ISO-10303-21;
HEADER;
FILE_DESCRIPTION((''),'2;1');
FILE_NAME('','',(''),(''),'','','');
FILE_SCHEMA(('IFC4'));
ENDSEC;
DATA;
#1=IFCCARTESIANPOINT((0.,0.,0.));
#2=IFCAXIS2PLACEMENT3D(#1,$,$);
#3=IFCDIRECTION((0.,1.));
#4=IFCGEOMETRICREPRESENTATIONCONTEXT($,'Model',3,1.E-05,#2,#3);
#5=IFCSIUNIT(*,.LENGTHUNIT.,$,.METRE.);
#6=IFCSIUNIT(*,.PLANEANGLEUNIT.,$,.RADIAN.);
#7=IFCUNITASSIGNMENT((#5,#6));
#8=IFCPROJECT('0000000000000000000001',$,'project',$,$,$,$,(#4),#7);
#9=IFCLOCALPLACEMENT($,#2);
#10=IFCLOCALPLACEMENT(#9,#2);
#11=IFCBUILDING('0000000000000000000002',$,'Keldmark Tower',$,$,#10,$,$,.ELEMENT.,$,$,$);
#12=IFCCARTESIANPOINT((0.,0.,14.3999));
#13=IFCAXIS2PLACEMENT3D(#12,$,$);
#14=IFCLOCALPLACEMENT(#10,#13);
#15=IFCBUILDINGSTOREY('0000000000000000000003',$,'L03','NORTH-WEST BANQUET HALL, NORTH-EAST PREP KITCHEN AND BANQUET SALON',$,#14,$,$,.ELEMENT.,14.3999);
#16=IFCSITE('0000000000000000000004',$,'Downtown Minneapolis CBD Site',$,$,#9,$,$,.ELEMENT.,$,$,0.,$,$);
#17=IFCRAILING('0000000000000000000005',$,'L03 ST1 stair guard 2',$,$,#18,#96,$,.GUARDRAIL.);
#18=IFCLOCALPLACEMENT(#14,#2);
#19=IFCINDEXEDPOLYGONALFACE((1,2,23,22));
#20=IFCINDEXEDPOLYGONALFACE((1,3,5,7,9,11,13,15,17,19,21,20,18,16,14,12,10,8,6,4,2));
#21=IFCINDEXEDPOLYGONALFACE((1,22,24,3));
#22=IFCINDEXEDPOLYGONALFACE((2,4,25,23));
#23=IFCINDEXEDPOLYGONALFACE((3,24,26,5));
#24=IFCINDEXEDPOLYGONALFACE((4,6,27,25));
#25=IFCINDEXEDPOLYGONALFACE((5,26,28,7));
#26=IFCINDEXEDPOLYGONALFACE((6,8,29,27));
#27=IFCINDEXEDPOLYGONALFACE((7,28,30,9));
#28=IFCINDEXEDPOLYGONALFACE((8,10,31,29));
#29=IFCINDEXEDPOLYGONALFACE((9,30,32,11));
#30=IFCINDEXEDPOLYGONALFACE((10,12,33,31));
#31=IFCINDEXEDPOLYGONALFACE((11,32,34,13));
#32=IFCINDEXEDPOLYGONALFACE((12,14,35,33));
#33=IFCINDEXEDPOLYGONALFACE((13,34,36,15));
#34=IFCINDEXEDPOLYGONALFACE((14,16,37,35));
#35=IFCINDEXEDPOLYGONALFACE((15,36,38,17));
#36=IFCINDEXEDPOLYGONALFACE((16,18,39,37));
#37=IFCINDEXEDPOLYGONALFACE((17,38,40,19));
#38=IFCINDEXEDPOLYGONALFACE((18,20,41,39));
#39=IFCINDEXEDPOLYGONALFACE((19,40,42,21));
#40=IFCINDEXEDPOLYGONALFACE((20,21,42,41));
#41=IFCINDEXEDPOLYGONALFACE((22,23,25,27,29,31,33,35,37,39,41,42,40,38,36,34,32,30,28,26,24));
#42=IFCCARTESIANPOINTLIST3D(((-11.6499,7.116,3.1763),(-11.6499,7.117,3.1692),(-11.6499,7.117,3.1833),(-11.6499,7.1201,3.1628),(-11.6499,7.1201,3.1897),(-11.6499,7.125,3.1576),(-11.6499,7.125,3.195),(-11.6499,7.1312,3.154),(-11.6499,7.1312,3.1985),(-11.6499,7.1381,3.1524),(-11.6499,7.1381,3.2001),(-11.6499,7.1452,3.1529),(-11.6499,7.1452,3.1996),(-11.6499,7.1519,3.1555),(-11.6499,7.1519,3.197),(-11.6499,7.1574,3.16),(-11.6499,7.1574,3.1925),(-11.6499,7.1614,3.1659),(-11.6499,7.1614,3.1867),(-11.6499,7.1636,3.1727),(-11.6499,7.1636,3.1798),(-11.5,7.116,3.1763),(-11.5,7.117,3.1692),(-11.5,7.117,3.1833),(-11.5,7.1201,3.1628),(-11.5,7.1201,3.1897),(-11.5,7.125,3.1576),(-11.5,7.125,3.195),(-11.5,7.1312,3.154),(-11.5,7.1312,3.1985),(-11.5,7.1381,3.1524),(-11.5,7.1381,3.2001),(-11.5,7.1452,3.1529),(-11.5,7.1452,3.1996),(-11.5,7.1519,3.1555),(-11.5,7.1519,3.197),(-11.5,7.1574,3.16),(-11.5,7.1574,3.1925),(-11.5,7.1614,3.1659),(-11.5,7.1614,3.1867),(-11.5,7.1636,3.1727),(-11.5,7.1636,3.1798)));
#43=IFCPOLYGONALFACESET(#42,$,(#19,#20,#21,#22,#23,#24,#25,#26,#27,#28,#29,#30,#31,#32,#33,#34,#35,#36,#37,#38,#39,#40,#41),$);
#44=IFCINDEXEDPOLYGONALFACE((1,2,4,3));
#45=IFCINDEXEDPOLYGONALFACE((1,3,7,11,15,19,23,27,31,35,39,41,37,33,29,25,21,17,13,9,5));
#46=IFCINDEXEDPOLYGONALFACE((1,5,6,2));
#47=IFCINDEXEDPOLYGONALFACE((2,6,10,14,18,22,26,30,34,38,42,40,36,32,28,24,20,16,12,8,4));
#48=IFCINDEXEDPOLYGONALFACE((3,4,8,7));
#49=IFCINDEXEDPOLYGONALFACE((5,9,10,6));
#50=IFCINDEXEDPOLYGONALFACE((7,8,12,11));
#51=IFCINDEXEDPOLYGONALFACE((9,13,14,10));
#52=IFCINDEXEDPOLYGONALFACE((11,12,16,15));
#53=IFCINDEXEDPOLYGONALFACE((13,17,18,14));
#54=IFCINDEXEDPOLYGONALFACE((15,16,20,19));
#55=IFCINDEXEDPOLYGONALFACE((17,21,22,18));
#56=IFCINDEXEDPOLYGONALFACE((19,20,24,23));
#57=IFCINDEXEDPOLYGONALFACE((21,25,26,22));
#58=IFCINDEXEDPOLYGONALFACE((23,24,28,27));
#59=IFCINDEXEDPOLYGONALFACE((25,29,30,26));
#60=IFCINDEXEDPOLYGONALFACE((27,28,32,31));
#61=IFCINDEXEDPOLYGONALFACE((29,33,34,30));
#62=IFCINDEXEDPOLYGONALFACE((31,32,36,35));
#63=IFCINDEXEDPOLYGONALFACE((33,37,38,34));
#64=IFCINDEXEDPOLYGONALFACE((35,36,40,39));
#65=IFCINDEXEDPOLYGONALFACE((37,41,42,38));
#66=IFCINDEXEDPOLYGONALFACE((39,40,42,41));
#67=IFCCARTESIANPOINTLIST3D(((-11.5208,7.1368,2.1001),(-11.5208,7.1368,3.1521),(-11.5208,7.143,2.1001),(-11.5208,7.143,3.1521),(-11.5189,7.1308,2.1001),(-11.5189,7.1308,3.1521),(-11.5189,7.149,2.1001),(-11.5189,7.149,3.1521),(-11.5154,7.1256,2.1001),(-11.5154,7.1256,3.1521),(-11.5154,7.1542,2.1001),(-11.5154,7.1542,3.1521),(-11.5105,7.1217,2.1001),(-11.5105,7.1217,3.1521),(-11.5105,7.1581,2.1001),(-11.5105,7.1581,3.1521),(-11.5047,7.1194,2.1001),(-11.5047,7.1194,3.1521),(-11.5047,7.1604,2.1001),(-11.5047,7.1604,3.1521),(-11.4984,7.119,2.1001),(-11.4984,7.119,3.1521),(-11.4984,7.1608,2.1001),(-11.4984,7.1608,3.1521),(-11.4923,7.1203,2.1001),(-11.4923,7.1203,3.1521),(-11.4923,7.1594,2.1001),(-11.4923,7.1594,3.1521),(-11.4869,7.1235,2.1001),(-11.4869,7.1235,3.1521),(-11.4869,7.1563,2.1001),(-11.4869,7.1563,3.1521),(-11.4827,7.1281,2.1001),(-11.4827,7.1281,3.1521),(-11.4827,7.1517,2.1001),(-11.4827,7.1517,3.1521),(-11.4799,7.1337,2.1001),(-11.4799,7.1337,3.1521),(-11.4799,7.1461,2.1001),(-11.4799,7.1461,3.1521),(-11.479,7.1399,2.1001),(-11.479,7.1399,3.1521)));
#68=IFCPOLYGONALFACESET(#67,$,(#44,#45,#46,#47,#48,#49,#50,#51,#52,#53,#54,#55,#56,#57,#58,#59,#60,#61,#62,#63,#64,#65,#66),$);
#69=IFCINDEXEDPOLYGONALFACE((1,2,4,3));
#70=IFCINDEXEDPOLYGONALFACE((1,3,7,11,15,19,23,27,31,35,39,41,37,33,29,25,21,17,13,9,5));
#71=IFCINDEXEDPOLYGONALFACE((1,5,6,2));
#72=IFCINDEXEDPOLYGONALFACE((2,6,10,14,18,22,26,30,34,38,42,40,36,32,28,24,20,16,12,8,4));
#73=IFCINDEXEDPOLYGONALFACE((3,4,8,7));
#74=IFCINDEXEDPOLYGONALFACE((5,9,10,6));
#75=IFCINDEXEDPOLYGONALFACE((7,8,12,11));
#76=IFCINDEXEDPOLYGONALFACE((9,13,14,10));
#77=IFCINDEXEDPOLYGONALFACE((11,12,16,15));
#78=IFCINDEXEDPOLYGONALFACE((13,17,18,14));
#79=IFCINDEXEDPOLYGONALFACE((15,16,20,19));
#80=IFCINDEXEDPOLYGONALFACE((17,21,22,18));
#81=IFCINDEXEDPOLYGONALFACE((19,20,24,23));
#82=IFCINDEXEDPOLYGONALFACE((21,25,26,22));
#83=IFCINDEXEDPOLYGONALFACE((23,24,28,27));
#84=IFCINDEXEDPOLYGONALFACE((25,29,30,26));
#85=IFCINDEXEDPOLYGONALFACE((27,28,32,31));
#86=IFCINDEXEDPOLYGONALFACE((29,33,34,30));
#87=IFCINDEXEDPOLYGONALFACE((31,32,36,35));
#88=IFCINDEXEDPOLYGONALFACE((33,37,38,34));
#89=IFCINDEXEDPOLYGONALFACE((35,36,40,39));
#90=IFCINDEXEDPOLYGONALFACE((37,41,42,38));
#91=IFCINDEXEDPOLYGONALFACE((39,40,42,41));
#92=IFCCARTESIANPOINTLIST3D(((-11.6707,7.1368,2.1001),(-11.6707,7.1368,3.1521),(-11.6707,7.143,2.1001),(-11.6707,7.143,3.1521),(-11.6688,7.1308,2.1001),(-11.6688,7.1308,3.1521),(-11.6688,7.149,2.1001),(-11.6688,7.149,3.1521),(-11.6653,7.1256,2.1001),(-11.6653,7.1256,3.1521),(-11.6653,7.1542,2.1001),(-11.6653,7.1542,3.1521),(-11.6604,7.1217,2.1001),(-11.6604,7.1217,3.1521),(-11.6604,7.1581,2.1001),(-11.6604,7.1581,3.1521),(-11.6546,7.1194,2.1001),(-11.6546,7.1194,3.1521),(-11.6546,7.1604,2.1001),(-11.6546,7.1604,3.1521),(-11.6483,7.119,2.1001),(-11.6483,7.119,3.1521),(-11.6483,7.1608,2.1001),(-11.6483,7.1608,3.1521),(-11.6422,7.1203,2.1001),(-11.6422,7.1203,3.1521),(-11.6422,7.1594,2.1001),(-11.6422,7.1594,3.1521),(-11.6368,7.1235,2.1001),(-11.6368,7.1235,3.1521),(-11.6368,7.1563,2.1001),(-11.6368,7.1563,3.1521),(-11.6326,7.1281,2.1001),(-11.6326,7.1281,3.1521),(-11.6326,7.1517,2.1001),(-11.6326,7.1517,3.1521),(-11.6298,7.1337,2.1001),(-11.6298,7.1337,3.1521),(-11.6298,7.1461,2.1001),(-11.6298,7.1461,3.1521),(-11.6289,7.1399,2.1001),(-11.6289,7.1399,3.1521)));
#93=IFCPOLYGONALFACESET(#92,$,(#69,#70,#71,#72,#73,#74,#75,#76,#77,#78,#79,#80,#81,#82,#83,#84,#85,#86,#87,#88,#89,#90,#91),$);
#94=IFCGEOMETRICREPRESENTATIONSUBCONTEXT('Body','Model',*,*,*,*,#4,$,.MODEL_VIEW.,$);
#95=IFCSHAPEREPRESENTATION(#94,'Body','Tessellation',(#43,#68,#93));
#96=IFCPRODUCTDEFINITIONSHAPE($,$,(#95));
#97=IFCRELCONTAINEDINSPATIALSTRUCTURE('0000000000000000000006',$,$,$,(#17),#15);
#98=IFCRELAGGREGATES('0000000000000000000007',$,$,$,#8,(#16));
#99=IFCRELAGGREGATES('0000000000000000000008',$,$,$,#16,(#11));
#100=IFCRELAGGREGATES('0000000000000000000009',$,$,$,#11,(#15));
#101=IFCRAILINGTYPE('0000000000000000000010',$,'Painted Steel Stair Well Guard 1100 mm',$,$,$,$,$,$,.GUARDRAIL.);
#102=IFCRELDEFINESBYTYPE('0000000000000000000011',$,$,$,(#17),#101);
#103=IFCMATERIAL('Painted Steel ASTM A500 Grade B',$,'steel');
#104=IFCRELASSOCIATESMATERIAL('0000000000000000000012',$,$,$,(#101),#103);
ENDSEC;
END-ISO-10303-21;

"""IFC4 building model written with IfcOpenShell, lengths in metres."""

from ifc_helpers import new_model, si_unit, direction, frame, origin, origin_2d, place, context, subcontext, project, spatial, circle, extrude, material, type_object, element, save


model = new_model("IFC4")

# Units and contexts
model_context = context("Model", 3, precision=1e-05, world=origin(), true_north=direction((0.0, 1.0)))
body_context = subcontext(model_context, "Body", "Model", "MODEL_VIEW")
ifc_project = project(units=[si_unit("LENGTHUNIT", "METRE"), si_unit("PLANEANGLEUNIT", "RADIAN")], contexts=[model_context])

# Site, building, storey
site_placement = place(None, origin())
site = spatial("IfcSite", under=ifc_project, at=site_placement, Name="Downtown Minneapolis CBD Site", CompositionType="ELEMENT", RefElevation=0.0)
building_placement = place(site_placement, origin())
building = spatial("IfcBuilding", under=site, at=building_placement, Name="Keldmark Tower", CompositionType="ELEMENT")
storey_placement = place(building_placement, frame((0.0, 0.0, 14.3999)))
storey = spatial("IfcBuildingStorey", under=building, at=storey_placement, Name="L03", Description="NORTH-WEST BANQUET HALL, NORTH-EAST PREP KITCHEN AND BANQUET SALON", CompositionType="ELEMENT", Elevation=14.3999)

# Railing
ifc_material_1 = material(Name="Painted Steel ASTM A500 Grade B", Category="steel")
railing_type_1 = type_object("IfcRailingType", Name="Painted Steel Stair Well Guard 1100 mm", PredefinedType="GUARDRAIL", material=ifc_material_1)
railing_1_placement = place(storey_placement, frame((-11.5, 7.1399, 2.1001)))
element("IfcRailing", 1, at=railing_1_placement, inside=storey, type_object=railing_type_1, Name="L03 ST1 stair guard 2", PredefinedType="GUARDRAIL", context=body_context, shape_type="SweptSolid", body=[
    extrude(circle(Radius=0.0239, at=origin_2d()), frame((0.0, 0.0, 1.0762), z_axis=(-1.0, 0.0, 0.0), x_axis=(0.0, -1.0, 0.0)), (0.0, 0.0, 1.0), 0.1499),
    extrude(circle(Radius=0.021, at=origin_2d()), origin(), (0.0, 0.0, 1.0), 1.052),
    extrude(circle(Radius=0.021, at=origin_2d()), frame((-0.1499, 0.0, 0.0)), (0.0, 0.0, 1.0), 1.052),
])

save(model, "model.ifc")
